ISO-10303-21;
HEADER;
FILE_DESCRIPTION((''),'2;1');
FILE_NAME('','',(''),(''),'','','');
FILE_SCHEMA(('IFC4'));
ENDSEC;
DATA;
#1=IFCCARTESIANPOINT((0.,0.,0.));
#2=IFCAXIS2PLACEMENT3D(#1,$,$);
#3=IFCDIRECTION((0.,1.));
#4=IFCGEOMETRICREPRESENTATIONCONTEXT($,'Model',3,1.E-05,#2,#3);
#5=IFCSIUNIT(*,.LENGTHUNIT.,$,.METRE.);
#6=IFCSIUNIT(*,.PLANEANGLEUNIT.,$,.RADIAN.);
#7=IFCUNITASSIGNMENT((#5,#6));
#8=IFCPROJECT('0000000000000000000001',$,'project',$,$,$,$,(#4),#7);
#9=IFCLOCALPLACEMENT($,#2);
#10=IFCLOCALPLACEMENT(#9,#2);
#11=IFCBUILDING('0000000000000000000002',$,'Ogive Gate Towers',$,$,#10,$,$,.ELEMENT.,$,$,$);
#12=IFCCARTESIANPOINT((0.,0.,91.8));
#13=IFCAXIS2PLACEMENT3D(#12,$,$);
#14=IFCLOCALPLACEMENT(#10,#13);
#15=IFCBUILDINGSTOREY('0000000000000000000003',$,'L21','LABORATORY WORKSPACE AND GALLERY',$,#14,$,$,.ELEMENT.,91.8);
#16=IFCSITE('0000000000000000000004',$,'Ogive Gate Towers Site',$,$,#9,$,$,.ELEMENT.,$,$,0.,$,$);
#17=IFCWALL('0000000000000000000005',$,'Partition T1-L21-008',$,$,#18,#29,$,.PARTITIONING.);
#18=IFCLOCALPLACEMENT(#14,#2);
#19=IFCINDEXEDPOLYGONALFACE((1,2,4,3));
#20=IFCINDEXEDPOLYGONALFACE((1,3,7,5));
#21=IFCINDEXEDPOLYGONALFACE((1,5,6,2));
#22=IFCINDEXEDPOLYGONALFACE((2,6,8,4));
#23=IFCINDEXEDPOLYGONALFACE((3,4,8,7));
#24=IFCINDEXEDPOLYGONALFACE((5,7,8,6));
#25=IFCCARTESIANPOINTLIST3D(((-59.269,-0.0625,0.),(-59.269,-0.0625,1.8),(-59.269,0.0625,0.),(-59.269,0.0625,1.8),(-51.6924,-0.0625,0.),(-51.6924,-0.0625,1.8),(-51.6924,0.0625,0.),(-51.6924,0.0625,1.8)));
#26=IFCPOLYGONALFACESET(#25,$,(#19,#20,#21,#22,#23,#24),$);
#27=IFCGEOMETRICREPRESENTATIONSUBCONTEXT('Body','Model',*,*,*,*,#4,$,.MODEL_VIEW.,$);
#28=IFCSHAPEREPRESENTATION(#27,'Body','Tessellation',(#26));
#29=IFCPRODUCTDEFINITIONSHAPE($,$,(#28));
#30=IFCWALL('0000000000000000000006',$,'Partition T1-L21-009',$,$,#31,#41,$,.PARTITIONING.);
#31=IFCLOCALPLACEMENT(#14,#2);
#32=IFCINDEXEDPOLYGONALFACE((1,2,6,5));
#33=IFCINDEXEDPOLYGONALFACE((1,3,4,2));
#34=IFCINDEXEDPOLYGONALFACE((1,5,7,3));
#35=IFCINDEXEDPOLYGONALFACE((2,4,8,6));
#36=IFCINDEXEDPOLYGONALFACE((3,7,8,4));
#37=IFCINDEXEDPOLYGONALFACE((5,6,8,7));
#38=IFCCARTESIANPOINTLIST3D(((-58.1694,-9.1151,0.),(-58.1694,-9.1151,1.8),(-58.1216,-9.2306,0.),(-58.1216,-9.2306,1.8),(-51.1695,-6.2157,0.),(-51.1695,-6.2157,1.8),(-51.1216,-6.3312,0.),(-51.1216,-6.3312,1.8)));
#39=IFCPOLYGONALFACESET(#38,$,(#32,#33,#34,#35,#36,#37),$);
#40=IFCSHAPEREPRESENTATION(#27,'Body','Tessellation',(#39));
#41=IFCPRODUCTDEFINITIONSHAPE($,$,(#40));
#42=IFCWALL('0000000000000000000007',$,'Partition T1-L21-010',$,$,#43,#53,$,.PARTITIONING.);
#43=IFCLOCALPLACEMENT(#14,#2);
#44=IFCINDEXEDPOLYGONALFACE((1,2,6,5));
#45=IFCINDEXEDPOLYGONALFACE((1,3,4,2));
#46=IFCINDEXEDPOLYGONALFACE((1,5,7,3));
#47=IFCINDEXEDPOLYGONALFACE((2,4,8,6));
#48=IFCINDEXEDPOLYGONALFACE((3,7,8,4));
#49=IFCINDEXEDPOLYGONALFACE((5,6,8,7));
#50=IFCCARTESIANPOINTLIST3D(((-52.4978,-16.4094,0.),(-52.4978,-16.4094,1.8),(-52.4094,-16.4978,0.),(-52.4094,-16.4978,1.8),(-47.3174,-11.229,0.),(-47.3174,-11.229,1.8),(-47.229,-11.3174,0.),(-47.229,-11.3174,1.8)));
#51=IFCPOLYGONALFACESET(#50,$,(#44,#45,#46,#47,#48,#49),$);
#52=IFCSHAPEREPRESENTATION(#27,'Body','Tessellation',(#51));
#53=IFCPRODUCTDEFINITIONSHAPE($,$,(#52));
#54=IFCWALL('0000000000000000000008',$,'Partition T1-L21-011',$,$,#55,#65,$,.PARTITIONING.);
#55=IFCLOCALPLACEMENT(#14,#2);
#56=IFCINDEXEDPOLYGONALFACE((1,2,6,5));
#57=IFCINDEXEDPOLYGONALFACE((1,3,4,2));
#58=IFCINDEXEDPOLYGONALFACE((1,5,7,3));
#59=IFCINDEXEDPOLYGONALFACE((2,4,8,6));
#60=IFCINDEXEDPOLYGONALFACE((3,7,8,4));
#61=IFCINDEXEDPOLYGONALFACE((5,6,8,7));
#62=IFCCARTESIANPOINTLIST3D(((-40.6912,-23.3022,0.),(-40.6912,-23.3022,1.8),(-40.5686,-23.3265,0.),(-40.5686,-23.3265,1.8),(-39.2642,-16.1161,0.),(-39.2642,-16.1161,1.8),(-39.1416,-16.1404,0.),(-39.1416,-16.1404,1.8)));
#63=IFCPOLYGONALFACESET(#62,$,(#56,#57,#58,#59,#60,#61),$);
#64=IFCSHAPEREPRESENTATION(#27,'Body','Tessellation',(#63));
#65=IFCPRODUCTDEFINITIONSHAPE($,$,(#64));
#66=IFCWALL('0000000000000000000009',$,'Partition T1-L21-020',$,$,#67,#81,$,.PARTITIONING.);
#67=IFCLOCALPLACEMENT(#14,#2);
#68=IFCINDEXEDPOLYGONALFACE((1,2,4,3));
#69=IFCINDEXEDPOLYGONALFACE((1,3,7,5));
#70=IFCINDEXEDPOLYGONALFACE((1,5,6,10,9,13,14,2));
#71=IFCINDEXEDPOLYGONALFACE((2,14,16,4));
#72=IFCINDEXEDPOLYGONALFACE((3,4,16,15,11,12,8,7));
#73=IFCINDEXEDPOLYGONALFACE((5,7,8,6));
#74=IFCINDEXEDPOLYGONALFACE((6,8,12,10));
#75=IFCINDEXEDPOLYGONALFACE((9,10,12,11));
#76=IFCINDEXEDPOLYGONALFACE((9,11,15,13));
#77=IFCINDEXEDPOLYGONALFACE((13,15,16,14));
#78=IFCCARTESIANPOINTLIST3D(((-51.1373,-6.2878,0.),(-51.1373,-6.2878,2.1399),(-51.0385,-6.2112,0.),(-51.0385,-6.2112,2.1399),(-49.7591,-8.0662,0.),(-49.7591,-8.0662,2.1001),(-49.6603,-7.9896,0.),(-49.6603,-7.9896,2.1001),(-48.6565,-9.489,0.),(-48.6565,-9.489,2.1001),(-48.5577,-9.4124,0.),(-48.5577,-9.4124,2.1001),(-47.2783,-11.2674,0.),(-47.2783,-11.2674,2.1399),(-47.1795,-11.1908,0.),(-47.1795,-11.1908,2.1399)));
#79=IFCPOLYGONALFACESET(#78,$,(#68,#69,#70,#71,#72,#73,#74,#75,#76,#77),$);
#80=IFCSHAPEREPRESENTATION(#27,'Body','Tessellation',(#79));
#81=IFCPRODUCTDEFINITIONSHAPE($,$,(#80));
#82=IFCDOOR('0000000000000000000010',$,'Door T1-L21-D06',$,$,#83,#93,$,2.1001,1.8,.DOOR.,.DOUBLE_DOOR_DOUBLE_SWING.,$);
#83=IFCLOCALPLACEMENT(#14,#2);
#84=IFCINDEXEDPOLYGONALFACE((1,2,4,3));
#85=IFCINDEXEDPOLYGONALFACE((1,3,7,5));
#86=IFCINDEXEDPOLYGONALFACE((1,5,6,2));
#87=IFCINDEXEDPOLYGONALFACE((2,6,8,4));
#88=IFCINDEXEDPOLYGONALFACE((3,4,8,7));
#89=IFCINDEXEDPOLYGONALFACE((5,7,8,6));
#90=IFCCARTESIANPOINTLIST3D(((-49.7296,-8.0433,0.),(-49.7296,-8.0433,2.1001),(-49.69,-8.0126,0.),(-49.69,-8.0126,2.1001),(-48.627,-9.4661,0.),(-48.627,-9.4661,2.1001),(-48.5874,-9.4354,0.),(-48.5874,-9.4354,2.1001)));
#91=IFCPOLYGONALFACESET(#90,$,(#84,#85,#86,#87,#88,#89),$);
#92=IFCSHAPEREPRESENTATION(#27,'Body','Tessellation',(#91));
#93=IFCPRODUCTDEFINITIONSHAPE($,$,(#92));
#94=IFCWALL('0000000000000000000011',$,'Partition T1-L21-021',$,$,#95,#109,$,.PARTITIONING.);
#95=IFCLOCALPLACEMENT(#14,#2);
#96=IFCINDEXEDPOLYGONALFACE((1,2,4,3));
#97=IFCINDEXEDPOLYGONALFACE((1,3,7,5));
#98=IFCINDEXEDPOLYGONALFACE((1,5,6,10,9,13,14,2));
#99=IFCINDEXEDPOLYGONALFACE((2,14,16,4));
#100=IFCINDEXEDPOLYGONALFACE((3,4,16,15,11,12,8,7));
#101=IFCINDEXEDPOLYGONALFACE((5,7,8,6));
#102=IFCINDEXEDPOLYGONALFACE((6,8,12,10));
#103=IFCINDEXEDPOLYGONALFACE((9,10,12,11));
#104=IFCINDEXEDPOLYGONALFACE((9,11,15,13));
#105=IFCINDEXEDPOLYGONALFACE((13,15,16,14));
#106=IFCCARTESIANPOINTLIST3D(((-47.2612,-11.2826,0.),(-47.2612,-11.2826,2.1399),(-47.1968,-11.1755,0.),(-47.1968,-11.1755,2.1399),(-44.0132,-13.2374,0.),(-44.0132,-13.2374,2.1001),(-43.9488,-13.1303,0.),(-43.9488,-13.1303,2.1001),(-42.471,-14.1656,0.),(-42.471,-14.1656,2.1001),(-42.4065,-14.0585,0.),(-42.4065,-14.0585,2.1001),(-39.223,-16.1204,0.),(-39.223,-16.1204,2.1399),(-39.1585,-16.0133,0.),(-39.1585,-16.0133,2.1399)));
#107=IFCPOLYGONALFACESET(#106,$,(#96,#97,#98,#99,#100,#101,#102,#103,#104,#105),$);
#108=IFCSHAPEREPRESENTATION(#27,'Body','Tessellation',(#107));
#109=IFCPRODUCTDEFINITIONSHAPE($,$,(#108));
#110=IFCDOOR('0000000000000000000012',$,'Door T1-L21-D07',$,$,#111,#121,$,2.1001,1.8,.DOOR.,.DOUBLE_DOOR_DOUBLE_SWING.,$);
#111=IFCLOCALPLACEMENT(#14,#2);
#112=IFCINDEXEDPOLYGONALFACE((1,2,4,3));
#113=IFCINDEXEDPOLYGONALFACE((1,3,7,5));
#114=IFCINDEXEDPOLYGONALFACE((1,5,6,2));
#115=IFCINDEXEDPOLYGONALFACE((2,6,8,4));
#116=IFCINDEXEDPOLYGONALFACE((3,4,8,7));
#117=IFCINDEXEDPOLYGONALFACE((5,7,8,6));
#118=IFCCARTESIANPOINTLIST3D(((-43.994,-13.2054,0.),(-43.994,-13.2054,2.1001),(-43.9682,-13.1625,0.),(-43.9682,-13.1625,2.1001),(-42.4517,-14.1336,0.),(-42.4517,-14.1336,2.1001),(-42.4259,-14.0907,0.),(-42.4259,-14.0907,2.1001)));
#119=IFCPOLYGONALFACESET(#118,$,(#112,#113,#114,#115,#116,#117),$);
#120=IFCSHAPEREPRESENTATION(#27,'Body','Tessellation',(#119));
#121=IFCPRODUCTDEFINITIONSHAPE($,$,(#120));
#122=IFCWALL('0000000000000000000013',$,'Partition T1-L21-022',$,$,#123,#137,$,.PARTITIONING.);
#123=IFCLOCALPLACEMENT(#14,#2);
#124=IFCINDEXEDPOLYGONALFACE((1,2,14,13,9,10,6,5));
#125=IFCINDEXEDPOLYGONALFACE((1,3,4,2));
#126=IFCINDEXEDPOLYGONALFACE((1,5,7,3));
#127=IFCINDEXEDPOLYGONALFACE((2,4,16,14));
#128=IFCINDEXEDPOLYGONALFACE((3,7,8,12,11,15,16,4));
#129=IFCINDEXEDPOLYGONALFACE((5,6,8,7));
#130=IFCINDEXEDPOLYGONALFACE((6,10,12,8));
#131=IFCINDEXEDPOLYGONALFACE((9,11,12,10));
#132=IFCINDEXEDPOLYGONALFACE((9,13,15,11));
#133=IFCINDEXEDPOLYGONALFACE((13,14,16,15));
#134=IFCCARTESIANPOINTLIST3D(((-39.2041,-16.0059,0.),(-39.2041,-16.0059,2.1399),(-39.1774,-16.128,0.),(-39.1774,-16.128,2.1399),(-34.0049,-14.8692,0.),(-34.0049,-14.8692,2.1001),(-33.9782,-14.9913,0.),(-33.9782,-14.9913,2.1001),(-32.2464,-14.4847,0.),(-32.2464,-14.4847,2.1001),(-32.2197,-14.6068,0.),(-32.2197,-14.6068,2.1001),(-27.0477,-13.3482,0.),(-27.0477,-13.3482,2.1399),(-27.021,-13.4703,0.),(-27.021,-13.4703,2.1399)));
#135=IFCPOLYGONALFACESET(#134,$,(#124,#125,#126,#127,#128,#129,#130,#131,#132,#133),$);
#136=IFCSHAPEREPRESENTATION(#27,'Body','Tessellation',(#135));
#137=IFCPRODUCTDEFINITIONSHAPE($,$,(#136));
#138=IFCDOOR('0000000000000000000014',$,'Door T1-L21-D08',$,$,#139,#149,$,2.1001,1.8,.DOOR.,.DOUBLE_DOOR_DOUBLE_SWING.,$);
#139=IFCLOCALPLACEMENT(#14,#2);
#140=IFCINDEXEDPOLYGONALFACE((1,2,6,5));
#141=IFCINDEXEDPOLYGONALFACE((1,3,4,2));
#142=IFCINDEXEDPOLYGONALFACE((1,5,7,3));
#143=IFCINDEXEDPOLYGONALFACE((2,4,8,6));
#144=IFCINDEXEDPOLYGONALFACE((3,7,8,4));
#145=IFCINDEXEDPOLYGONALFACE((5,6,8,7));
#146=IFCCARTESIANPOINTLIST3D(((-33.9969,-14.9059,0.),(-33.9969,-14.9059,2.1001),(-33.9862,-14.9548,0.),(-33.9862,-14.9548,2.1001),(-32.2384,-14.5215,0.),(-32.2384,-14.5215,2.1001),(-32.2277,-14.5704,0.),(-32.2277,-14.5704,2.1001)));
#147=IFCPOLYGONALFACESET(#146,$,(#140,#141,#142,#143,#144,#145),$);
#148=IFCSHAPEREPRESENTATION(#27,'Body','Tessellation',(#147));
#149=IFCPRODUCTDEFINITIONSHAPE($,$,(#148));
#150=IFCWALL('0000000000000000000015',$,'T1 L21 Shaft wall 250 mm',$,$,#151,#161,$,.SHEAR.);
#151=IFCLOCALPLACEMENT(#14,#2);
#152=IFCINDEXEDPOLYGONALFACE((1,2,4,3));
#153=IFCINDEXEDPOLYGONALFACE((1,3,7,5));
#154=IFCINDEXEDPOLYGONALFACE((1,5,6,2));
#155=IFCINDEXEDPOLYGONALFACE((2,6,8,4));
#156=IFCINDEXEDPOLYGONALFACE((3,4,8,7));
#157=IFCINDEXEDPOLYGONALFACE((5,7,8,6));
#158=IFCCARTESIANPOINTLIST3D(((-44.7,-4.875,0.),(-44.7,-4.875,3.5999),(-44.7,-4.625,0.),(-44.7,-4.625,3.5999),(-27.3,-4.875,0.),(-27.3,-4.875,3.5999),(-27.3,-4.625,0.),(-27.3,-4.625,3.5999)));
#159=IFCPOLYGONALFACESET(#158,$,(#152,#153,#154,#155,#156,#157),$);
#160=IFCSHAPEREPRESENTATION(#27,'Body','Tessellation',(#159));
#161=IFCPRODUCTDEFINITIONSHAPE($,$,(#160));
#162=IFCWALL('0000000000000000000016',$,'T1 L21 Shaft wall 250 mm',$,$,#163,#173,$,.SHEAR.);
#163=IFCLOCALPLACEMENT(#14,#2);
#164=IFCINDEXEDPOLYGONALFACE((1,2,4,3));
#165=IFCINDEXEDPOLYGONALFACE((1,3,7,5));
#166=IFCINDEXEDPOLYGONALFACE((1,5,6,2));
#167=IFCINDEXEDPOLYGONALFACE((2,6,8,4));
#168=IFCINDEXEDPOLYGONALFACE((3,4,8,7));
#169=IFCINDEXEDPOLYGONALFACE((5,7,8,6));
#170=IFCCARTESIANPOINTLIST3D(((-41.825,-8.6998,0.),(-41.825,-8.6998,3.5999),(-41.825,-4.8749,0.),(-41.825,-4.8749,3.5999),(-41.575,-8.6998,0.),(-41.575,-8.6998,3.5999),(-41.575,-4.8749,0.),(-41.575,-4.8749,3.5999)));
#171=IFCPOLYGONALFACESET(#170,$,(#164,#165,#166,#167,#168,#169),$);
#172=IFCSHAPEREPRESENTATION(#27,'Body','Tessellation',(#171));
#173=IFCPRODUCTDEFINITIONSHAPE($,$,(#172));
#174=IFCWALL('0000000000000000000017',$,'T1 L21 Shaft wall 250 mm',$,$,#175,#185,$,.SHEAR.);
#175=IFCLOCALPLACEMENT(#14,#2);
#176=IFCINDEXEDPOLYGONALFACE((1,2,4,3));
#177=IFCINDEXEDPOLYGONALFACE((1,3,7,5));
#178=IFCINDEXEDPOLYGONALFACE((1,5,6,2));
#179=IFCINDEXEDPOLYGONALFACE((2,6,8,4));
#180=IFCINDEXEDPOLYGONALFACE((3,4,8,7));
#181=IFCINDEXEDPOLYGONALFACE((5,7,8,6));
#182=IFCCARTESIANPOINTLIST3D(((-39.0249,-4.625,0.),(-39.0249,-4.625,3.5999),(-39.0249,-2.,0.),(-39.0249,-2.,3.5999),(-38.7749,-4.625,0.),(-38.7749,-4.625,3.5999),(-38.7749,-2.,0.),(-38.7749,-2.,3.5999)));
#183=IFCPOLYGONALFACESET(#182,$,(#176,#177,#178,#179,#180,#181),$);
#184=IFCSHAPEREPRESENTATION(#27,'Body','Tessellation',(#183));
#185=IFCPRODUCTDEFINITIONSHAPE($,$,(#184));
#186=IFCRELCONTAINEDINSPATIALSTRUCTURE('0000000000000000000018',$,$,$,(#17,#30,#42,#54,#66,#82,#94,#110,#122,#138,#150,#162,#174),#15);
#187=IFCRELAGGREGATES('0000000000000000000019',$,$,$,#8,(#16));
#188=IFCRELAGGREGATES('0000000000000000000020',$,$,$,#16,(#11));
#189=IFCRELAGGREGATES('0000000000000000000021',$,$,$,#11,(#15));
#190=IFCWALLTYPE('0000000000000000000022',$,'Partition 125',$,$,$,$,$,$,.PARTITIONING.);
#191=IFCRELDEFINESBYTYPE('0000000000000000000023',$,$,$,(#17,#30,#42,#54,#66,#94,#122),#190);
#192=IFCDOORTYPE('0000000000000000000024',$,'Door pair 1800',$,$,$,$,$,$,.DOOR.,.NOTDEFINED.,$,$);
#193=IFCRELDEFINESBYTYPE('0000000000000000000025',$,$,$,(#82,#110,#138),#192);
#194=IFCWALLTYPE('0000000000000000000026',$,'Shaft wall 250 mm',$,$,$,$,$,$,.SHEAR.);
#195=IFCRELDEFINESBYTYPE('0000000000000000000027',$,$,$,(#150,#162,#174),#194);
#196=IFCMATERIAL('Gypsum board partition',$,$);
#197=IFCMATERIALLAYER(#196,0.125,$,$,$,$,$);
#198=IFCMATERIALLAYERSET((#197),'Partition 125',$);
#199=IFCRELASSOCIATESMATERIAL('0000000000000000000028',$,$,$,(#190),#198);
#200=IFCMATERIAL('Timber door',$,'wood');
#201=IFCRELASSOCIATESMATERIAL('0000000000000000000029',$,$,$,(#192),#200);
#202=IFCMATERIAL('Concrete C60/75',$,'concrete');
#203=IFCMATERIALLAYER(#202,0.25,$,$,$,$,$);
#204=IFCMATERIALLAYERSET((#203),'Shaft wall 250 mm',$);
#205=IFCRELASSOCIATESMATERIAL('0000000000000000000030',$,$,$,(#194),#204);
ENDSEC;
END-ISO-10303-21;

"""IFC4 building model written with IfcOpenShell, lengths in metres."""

from ifc_helpers import new_model, si_unit, direction, frame, frame_2d, origin, place, context, subcontext, project, spatial, rectangle, extrude, material, layer, layer_set, type_object, element, fill, save


model = new_model("IFC4")

# Units and contexts
model_context = context("Model", 3, precision=1e-05, world=origin(), true_north=direction((0.0, 1.0)))
body_context = subcontext(model_context, "Body", "Model", "MODEL_VIEW")
ifc_project = project(units=[si_unit("LENGTHUNIT", "METRE"), si_unit("PLANEANGLEUNIT", "RADIAN")], contexts=[model_context])

# Site, building, storey
site_placement = place(None, origin())
site = spatial("IfcSite", under=ifc_project, at=site_placement, Name="Ogive Gate Towers Site", CompositionType="ELEMENT", RefElevation=0.0)
building_placement = place(site_placement, origin())
building = spatial("IfcBuilding", under=site, at=building_placement, Name="Ogive Gate Towers", CompositionType="ELEMENT")
storey_placement = place(building_placement, frame((0.0, 0.0, 91.8)))
storey = spatial("IfcBuildingStorey", under=building, at=storey_placement, Name="L21", Description="LABORATORY WORKSPACE AND GALLERY", CompositionType="ELEMENT", Elevation=91.8)

# Shared definitions
ifc_material_1 = material(Name="Concrete C60/75", Category="concrete")
ifc_material_2 = material(Name="Timber door", Category="wood")

# Walls
ifc_material_3 = material(Name="Gypsum board partition")
ifc_layer_1 = layer(ifc_material_3, 0.125)
ifc_layer_set_1 = layer_set([ifc_layer_1], Name="Partition 125")
wall_type_1 = type_object("IfcWallType", Name="Partition 125", PredefinedType="PARTITIONING", material=ifc_layer_set_1)
for number, where, z_axis, x_axis, name in (
    (1, (-59.269, 0.0, 0.0), (0.0, 0.0, 1.0), (1.0, 0.0, 0.0), "Partition T1-L21-008"),
    (2, (-58.1455, -9.1729, 0.0), (0.0, 0.0, 1.0), (0.923883, 0.382674, 0.0), "Partition T1-L21-009"),
):
    element("IfcWall", number, at=place(storey_placement, frame(where, z_axis=z_axis, x_axis=x_axis)), inside=storey, type_object=wall_type_1, Name=name, PredefinedType="PARTITIONING", context=body_context, shape_type="SweptSolid", body=[
        extrude(rectangle(XDim=7.5767, YDim=0.125, at=frame_2d((3.7883, 0.0))), origin(), (0.0, 0.0, 1.0), 1.8),
    ])
wall_1_placement = place(storey_placement, frame((-52.4536, -16.4536, 0.0), z_axis=(0.0, 0.0, 1.0), x_axis=(0.707107, 0.707107, 0.0)))
element("IfcWall", 3, at=wall_1_placement, inside=storey, type_object=wall_type_1, Name="Partition T1-L21-010", PredefinedType="PARTITIONING", context=body_context, shape_type="SweptSolid", body=[
    extrude(rectangle(XDim=7.3262, YDim=0.125, at=frame_2d((3.6631, 0.0))), origin(), (0.0, 0.0, 1.0), 1.8),
])
wall_2_placement = place(storey_placement, frame((-40.6299, -23.3142, 0.0), z_axis=(0.0, 0.0, 1.0), x_axis=(0.194777, 0.980848, 0.0)))
element("IfcWall", 4, at=wall_2_placement, inside=storey, type_object=wall_type_1, Name="Partition T1-L21-011", PredefinedType="PARTITIONING", context=body_context, shape_type="SweptSolid", body=[
    extrude(rectangle(XDim=7.3264, YDim=0.125, at=frame_2d((3.6631, 0.0))), origin(), (0.0, 0.0, 1.0), 1.8),
])

# Walls, openings, doors
wall_3_placement = place(storey_placement, frame((-51.0879, -6.2495, 0.0), z_axis=(0.0, 0.0, 1.0), x_axis=(0.61255, -0.790432, 0.0)))
wall_3 = element("IfcWall", 5, at=wall_3_placement, inside=storey, type_object=wall_type_1, Name="Partition T1-L21-020", PredefinedType="PARTITIONING", context=body_context, shape_type="SweptSolid", body=[
    extrude(rectangle(XDim=6.2998, YDim=0.125, at=frame_2d((3.1499, 0.0))), origin(), (0.0, 0.0, 1.0), 2.1399),
])
opening_1_placement = place(wall_3_placement, frame((2.25, 0.0, 0.0)))
opening_1 = element("IfcOpeningElement", 6, at=opening_1_placement, cuts=wall_3, PredefinedType="OPENING", context=body_context, shape_type="SweptSolid", body=[
    extrude(rectangle(XDim=1.8, YDim=2.1001, at=frame_2d((0.8999, 1.05))), frame((0.0, 0.0725, 0.0), z_axis=(0.0, -1.0, 0.0), x_axis=(1.0, 0.0, 0.0)), (0.0, 0.0, 1.0), 0.145),
])
door_type_1 = type_object("IfcDoorType", Name="Door pair 1800", OperationType="NOTDEFINED", PredefinedType="DOOR", material=ifc_material_2)
door_1_placement = place(opening_1_placement, origin())
door_1 = element("IfcDoor", 7, at=door_1_placement, inside=storey, type_object=door_type_1, Name="Door T1-L21-D06", OperationType="DOUBLE_DOOR_DOUBLE_SWING", OverallHeight=2.1001, OverallWidth=1.8, PredefinedType="DOOR", context=body_context, shape_type="SweptSolid", body=[
    extrude(rectangle(XDim=1.8, YDim=2.1001, at=frame_2d((0.8999, 1.05))), frame((0.0, 0.0249, 0.0), z_axis=(0.0, -1.0, 0.0), x_axis=(1.0, 0.0, 0.0)), (0.0, 0.0, 1.0), 0.05),
])
fill(opening_1, door_1)
wall_4_placement = place(storey_placement, frame((-47.229, -11.229, 0.0), z_axis=(0.0, 0.0, 1.0), x_axis=(0.856792, -0.515662, 0.0)))
wall_4 = element("IfcWall", 8, at=wall_4_placement, inside=storey, type_object=wall_type_1, Name="Partition T1-L21-021", PredefinedType="PARTITIONING", context=body_context, shape_type="SweptSolid", body=[
    extrude(rectangle(XDim=9.3818, YDim=0.125, at=frame_2d((4.6909, 0.0))), origin(), (0.0, 0.0, 1.0), 2.1399),
])
opening_2_placement = place(wall_4_placement, frame((3.791, 0.0, 0.0)))
opening_2 = element("IfcOpeningElement", 9, at=opening_2_placement, cuts=wall_4, PredefinedType="OPENING", context=body_context, shape_type="SweptSolid", body=[
    extrude(rectangle(XDim=1.8, YDim=2.1001, at=frame_2d((0.8999, 1.05))), frame((0.0, 0.0725, 0.0), z_axis=(0.0, -1.0, 0.0), x_axis=(1.0, 0.0, 0.0)), (0.0, 0.0, 1.0), 0.145),
])
door_2_placement = place(opening_2_placement, origin())
door_2 = element("IfcDoor", 10, at=door_2_placement, inside=storey, type_object=door_type_1, Name="Door T1-L21-D07", OperationType="DOUBLE_DOOR_DOUBLE_SWING", OverallHeight=2.1001, OverallWidth=1.8, PredefinedType="DOOR", context=body_context, shape_type="SweptSolid", body=[
    extrude(rectangle(XDim=1.8, YDim=2.1001, at=frame_2d((0.8999, 1.05))), frame((0.0, 0.0249, 0.0), z_axis=(0.0, -1.0, 0.0), x_axis=(1.0, 0.0, 0.0)), (0.0, 0.0, 1.0), 0.05),
])
fill(opening_2, door_2)
wall_5_placement = place(storey_placement, frame((-39.1907, -16.0669, 0.0), z_axis=(0.0, 0.0, 1.0), x_axis=(0.976925, 0.21358, 0.0)))
wall_5 = element("IfcWall", 11, at=wall_5_placement, inside=storey, type_object=wall_type_1, Name="Partition T1-L21-022", PredefinedType="PARTITIONING", context=body_context, shape_type="SweptSolid", body=[
    extrude(rectangle(XDim=12.4436, YDim=0.125, at=frame_2d((6.2217, 0.0))), origin(), (0.0, 0.0, 1.0), 2.1399),
])
opening_3_placement = place(wall_5_placement, frame((5.322, 0.0, 0.0)))
opening_3 = element("IfcOpeningElement", 12, at=opening_3_placement, cuts=wall_5, PredefinedType="OPENING", context=body_context, shape_type="SweptSolid", body=[
    extrude(rectangle(XDim=1.8, YDim=2.1001, at=frame_2d((0.8999, 1.05))), frame((0.0, 0.0725, 0.0), z_axis=(0.0, -1.0, 0.0), x_axis=(1.0, 0.0, 0.0)), (0.0, 0.0, 1.0), 0.145),
])
door_3_placement = place(opening_3_placement, origin())
door_3 = element("IfcDoor", 13, at=door_3_placement, inside=storey, type_object=door_type_1, Name="Door T1-L21-D08", OperationType="DOUBLE_DOOR_DOUBLE_SWING", OverallHeight=2.1001, OverallWidth=1.8, PredefinedType="DOOR", context=body_context, shape_type="SweptSolid", body=[
    extrude(rectangle(XDim=1.8, YDim=2.1001, at=frame_2d((0.8999, 1.05))), frame((0.0, 0.0249, 0.0), z_axis=(0.0, -1.0, 0.0), x_axis=(1.0, 0.0, 0.0)), (0.0, 0.0, 1.0), 0.05),
])
fill(opening_3, door_3)

# Walls
ifc_layer_2 = layer(ifc_material_1, 0.25)
ifc_layer_set_2 = layer_set([ifc_layer_2], Name="Shaft wall 250 mm")
wall_type_2 = type_object("IfcWallType", Name="Shaft wall 250 mm", PredefinedType="SHEAR", material=ifc_layer_set_2)
wall_6_placement = place(storey_placement, frame((-44.7, -4.75, 0.0), z_axis=(0.0, 0.0, 1.0), x_axis=(1.0, 0.0, 0.0)))
element("IfcWall", 14, at=wall_6_placement, inside=storey, type_object=wall_type_2, Name="T1 L21 Shaft wall 250 mm", PredefinedType="SHEAR", context=body_context, shape_type="SweptSolid", body=[
    extrude(rectangle(XDim=17.3999, YDim=0.25, at=frame_2d((8.7, 0.0))), origin(), (0.0, 0.0, 1.0), 3.5999),
])
wall_7_placement = place(storey_placement, frame((-41.7, -8.7, 0.0), z_axis=(0.0, 0.0, 1.0), x_axis=(0.0, 1.0, 0.0)))
element("IfcWall", 15, at=wall_7_placement, inside=storey, type_object=wall_type_2, Name="T1 L21 Shaft wall 250 mm", PredefinedType="SHEAR", context=body_context, shape_type="SweptSolid", body=[
    extrude(rectangle(XDim=3.825, YDim=0.25, at=frame_2d((1.9126, 0.0))), origin(), (0.0, 0.0, 1.0), 3.5999),
])
wall_8_placement = place(storey_placement, frame((-38.8999, -4.625, 0.0), z_axis=(0.0, 0.0, 1.0), x_axis=(0.0, 1.0, 0.0)))
element("IfcWall", 16, at=wall_8_placement, inside=storey, type_object=wall_type_2, Name="T1 L21 Shaft wall 250 mm", PredefinedType="SHEAR", context=body_context, shape_type="SweptSolid", body=[
    extrude(rectangle(XDim=2.625, YDim=0.25, at=frame_2d((1.3125, 0.0))), origin(), (0.0, 0.0, 1.0), 3.5999),
])

save(model, "model.ifc")
